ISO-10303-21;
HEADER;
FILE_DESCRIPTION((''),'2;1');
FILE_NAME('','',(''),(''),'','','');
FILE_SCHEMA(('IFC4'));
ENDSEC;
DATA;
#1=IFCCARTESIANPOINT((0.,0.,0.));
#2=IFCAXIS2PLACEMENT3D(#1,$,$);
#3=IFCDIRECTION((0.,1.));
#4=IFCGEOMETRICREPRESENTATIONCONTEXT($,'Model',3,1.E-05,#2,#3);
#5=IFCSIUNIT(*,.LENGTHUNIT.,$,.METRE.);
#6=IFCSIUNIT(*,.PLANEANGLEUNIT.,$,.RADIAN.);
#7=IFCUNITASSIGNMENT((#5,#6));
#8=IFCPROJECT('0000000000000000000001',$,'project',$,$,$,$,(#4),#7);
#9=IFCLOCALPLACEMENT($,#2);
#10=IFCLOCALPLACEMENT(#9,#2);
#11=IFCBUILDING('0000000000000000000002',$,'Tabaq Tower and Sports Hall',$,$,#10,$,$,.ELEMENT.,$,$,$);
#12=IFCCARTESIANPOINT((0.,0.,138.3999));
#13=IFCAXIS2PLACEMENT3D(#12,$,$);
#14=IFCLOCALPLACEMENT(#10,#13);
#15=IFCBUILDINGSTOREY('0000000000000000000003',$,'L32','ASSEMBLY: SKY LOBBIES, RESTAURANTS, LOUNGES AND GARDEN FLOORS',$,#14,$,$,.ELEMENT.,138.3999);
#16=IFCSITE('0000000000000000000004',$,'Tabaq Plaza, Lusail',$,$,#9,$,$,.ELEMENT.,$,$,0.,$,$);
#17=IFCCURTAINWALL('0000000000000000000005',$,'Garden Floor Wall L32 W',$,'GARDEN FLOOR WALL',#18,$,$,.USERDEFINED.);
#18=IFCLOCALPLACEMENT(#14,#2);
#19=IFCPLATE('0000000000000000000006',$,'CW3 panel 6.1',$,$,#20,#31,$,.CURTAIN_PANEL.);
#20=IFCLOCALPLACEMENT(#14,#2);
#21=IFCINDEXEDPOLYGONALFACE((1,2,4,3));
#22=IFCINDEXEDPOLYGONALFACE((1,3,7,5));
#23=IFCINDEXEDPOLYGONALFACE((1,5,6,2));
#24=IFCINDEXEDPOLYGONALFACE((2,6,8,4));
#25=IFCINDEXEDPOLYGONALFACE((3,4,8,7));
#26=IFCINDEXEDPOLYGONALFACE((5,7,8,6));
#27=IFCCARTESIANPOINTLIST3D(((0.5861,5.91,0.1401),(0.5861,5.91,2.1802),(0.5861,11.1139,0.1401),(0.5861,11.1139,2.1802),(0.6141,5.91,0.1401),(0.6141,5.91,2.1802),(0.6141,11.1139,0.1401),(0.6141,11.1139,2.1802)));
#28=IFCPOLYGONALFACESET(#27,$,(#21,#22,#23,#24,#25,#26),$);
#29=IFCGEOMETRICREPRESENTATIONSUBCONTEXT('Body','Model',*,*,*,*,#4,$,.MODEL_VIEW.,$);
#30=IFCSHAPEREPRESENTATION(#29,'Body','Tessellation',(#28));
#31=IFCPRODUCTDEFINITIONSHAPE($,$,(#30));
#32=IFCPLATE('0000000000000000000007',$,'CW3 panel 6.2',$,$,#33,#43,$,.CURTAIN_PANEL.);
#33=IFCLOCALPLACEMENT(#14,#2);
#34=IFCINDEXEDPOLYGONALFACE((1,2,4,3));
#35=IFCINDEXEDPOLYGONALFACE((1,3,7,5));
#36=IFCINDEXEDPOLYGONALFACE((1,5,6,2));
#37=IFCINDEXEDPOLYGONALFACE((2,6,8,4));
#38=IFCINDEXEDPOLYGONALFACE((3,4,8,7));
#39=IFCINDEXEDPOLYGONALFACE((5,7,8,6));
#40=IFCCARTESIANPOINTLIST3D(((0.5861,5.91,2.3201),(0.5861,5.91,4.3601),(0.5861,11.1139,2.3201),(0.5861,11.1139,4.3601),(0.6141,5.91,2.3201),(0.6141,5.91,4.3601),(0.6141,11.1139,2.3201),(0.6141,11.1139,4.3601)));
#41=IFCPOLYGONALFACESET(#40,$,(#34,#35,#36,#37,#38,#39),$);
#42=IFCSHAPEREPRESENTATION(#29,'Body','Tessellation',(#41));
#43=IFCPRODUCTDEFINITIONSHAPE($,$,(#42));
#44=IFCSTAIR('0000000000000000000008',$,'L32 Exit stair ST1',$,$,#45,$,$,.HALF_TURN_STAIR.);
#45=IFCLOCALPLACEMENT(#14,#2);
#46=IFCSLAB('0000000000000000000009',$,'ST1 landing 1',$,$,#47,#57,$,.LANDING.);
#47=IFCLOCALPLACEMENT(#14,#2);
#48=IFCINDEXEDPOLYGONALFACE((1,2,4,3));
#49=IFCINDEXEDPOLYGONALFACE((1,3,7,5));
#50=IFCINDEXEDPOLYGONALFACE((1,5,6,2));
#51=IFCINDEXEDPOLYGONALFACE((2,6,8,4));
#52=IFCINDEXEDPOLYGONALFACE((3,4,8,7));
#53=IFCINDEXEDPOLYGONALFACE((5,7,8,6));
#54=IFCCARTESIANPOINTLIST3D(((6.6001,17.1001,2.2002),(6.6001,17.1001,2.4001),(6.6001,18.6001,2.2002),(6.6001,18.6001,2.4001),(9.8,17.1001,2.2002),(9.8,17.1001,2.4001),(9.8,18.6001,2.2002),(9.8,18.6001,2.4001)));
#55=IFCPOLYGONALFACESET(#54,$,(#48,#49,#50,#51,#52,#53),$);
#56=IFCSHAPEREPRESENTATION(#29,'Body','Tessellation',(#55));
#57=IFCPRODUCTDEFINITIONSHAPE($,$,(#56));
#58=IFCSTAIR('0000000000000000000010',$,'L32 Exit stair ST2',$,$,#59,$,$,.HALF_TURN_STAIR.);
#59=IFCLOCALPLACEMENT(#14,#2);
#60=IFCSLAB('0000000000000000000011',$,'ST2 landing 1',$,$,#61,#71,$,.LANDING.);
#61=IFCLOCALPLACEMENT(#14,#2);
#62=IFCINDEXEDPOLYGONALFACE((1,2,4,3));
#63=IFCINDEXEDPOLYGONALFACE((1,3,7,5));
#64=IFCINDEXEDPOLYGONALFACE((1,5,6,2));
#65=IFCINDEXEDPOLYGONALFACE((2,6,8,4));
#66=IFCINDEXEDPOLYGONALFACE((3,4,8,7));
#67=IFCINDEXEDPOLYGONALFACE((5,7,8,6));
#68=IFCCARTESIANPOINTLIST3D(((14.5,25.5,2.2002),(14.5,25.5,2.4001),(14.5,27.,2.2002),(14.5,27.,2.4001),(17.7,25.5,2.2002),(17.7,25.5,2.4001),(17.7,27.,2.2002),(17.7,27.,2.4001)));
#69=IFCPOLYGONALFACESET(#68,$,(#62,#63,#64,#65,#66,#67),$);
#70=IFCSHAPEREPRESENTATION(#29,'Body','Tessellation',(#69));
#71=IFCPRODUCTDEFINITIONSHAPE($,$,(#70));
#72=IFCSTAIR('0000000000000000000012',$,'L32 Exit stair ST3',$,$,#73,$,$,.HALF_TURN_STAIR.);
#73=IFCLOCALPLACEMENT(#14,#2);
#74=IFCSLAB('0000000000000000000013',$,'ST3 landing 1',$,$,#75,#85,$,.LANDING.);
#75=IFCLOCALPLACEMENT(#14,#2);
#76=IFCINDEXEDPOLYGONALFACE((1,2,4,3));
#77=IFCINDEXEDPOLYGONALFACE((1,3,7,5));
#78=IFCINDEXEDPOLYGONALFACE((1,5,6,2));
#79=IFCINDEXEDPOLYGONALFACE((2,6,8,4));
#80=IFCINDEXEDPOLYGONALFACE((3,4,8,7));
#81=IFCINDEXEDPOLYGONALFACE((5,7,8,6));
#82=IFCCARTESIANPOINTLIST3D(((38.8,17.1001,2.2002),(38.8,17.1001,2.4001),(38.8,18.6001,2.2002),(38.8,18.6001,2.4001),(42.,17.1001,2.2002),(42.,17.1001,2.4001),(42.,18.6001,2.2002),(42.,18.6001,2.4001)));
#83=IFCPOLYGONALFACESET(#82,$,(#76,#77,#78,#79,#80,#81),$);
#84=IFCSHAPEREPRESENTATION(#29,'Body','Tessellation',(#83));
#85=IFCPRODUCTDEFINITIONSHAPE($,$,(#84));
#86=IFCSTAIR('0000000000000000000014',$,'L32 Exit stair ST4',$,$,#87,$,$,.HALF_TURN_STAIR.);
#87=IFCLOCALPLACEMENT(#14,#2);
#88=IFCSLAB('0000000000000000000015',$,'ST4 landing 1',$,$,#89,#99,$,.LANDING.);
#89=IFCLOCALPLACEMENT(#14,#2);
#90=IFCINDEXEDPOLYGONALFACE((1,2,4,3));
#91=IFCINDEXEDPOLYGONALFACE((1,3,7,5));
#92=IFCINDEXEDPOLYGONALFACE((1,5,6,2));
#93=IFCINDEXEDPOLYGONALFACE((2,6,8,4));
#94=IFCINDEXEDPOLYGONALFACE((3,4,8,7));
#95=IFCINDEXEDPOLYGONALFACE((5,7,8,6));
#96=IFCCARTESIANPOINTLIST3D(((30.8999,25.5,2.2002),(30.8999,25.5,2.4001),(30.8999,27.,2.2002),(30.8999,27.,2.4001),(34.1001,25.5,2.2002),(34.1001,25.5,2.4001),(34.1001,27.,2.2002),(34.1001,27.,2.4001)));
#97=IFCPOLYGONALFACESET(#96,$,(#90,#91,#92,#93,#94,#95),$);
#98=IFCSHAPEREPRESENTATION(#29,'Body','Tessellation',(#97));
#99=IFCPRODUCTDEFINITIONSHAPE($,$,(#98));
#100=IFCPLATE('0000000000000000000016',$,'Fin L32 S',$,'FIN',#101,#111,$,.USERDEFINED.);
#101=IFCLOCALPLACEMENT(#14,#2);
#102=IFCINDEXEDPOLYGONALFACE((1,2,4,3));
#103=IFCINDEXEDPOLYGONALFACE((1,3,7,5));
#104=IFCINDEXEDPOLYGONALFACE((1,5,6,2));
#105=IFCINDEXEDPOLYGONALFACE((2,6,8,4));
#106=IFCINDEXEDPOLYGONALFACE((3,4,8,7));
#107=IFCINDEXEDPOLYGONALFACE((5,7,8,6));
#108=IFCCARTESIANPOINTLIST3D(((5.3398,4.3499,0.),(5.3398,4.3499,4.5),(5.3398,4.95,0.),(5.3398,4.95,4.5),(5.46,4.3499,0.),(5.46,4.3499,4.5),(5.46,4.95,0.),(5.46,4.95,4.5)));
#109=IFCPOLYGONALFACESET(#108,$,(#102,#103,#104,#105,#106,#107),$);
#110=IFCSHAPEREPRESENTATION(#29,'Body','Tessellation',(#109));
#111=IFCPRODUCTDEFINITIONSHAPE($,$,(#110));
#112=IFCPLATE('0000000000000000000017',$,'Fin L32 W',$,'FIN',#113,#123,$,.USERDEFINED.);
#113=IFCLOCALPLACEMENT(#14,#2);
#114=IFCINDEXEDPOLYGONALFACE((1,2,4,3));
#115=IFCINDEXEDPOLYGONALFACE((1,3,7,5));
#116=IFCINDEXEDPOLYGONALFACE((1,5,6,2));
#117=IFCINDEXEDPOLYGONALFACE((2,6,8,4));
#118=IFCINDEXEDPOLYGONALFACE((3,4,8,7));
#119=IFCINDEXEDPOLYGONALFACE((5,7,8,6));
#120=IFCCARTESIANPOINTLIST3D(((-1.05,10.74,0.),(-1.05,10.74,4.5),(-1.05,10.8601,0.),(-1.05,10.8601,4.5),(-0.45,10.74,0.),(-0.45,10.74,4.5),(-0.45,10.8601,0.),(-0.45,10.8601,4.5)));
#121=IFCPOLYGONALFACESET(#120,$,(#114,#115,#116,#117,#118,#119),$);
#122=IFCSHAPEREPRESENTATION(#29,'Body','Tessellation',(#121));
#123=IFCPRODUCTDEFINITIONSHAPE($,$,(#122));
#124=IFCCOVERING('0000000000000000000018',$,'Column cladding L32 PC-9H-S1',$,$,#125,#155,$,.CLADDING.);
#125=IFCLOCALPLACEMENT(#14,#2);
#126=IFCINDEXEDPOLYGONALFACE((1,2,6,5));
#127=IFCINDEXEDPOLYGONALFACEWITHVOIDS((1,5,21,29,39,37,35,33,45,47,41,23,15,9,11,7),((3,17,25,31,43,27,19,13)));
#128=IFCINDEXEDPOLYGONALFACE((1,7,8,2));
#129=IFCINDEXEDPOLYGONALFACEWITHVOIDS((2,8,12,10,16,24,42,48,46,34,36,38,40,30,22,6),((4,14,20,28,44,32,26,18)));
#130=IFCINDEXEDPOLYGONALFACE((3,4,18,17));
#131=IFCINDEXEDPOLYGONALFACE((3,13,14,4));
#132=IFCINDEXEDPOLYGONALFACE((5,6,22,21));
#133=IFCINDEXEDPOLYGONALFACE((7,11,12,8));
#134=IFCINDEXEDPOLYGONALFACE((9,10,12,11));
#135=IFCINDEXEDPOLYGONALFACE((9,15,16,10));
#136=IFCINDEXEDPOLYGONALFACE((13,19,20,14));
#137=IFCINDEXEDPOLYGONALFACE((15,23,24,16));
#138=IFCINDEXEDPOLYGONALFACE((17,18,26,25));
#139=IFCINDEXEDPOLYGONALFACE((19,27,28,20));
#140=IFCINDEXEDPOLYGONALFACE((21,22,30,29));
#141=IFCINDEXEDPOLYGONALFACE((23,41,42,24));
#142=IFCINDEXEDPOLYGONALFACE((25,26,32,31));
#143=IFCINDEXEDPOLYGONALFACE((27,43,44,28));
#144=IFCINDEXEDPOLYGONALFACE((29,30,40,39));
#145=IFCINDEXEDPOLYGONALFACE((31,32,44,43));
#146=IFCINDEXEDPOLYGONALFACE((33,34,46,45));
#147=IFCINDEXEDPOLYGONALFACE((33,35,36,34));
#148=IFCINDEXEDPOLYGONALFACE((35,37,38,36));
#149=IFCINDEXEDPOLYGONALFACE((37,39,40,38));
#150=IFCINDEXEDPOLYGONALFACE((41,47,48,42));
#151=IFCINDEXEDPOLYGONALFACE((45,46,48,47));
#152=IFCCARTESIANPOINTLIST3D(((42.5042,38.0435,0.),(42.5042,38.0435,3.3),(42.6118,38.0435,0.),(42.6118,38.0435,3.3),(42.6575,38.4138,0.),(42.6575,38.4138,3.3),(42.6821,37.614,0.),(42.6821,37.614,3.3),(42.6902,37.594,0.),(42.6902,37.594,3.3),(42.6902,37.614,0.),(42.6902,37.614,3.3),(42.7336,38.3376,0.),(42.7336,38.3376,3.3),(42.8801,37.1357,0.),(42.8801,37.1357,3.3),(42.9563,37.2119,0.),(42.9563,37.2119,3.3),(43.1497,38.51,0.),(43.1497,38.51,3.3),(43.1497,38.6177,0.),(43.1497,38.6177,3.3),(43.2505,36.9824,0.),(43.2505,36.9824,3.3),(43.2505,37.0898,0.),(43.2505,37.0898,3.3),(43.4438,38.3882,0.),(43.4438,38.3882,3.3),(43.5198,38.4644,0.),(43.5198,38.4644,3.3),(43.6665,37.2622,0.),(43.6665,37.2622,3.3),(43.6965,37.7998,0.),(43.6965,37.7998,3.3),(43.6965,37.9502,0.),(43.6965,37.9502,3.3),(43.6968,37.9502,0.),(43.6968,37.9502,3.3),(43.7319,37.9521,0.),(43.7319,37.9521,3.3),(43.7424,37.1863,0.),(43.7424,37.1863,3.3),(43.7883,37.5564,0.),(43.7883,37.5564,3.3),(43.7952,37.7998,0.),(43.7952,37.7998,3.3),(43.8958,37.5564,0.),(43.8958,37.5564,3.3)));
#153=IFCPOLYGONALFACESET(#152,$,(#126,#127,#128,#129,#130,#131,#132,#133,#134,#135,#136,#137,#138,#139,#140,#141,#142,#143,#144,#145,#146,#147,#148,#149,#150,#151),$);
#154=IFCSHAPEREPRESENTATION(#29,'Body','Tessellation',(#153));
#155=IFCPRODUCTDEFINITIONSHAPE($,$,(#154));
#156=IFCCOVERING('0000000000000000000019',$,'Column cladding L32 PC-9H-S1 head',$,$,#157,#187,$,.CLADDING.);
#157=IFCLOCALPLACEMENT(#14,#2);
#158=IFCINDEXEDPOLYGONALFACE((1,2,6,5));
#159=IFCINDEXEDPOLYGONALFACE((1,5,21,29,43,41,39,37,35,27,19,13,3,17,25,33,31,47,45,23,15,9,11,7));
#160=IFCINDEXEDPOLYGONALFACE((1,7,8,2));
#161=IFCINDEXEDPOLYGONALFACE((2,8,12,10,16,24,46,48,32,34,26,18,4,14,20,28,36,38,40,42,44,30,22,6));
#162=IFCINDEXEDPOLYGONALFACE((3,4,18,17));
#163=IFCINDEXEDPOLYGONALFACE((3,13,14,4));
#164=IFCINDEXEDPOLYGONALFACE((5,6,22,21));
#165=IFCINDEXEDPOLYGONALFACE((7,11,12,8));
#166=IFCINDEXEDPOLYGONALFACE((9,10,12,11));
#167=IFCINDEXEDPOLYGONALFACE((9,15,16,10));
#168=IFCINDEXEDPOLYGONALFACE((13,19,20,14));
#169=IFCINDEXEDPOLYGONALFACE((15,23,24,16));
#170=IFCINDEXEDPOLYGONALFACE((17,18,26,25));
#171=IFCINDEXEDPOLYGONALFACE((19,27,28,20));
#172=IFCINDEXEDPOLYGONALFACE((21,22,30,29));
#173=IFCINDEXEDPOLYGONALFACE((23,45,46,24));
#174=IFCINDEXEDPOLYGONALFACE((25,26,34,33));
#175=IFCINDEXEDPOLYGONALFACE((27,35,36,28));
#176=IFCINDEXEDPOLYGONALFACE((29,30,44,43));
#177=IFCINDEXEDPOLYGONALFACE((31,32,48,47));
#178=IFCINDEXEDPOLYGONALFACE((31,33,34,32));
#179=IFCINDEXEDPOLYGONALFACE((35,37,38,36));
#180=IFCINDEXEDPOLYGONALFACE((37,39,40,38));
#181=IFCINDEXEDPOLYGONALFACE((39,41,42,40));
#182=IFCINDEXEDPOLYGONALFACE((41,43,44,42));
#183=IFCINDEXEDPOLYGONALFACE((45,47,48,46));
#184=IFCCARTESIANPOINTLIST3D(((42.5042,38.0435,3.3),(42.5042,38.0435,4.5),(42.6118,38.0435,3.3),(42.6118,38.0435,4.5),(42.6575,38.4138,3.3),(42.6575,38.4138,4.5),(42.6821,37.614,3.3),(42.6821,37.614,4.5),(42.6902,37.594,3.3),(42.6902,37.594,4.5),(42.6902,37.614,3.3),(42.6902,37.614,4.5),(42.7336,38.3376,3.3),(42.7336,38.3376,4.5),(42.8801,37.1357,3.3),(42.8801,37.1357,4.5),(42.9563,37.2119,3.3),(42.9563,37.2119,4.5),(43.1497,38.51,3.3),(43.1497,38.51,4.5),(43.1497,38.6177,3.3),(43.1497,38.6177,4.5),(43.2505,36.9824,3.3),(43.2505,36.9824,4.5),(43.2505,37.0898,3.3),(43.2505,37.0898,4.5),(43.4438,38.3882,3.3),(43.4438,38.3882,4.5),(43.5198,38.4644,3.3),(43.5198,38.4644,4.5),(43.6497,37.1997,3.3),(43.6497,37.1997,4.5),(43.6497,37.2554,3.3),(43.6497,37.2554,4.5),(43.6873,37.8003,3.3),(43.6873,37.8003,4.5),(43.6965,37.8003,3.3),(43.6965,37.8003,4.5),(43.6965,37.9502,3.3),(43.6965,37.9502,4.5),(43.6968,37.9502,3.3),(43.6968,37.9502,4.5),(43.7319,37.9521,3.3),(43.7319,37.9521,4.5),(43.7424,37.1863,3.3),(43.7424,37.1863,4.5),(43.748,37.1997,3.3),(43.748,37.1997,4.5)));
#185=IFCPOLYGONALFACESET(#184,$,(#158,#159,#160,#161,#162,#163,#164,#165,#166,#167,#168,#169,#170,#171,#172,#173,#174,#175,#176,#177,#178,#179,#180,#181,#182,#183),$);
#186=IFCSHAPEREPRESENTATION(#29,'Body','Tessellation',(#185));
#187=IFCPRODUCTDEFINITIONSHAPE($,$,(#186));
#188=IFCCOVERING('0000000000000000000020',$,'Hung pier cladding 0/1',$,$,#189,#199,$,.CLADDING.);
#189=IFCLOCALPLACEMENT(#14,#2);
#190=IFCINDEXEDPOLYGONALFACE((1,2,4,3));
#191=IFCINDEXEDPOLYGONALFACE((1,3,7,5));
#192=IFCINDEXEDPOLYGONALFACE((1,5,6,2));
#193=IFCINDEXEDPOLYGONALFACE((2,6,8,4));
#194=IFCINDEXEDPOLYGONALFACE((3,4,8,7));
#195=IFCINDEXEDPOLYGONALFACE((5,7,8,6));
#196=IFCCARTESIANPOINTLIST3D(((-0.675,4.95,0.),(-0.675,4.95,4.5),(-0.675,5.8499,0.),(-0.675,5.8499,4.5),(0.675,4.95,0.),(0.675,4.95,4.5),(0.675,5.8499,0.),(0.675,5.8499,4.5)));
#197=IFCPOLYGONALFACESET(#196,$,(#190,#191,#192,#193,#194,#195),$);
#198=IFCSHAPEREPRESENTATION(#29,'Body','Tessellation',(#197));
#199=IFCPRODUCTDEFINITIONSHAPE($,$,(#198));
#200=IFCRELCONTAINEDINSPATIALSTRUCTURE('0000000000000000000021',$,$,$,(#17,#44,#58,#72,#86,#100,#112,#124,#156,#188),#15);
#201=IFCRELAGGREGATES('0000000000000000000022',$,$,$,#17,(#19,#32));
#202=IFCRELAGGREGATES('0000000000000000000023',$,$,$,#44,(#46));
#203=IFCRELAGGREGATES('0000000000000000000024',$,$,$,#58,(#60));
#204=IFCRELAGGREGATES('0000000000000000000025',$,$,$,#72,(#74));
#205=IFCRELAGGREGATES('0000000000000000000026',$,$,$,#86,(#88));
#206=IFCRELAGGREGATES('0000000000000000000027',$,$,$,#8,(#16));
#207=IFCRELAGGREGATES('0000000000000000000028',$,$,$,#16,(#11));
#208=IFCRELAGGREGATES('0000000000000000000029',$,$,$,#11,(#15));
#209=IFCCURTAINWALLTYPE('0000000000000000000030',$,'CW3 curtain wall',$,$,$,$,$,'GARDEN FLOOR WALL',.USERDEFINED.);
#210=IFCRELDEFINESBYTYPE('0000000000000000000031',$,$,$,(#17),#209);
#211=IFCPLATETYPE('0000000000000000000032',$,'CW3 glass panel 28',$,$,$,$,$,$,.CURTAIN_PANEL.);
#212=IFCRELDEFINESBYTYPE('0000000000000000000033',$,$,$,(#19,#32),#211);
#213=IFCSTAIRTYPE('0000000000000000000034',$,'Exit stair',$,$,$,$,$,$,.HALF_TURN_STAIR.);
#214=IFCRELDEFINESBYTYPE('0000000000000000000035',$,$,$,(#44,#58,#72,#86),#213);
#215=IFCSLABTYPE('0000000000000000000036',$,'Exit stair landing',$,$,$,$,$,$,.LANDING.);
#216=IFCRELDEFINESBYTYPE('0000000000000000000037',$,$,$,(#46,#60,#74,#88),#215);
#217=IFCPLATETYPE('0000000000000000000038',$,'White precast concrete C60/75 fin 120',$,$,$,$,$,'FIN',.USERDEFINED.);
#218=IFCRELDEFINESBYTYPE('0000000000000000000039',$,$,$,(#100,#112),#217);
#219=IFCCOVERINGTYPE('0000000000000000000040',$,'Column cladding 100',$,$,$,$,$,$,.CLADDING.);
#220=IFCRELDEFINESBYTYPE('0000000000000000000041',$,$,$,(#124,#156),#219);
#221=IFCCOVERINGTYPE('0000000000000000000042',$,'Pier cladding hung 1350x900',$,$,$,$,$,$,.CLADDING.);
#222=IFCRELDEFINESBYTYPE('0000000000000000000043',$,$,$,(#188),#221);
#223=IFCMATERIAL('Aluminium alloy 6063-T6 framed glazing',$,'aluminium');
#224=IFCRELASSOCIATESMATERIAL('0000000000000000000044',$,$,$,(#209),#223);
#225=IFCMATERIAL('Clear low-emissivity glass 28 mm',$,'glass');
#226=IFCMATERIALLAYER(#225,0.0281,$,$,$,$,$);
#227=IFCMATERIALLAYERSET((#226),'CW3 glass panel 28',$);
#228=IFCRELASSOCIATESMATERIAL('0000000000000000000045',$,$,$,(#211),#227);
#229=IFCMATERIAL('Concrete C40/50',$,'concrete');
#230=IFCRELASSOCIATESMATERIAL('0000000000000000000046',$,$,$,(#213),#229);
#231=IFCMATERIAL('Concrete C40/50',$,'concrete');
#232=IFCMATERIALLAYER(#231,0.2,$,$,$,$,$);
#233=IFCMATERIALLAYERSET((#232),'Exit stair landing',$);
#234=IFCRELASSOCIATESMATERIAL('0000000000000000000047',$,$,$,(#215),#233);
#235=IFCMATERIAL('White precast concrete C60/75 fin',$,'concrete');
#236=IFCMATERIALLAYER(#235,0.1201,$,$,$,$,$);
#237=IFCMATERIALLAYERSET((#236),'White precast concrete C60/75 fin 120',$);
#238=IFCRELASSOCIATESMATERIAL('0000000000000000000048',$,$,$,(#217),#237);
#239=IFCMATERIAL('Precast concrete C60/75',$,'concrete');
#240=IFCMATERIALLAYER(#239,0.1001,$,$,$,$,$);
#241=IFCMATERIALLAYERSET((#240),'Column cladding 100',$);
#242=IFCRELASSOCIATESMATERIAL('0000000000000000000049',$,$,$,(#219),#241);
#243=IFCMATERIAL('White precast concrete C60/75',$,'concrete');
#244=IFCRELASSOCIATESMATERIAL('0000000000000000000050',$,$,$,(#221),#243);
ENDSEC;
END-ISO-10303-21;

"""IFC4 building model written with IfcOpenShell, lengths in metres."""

from ifc_helpers import new_model, si_unit, direction, frame, frame_2d, origin, origin_2d, place, context, subcontext, project, spatial, polyline, rectangle, outline, extrude, material, layer, layer_set, type_object, element, aggregate, save


model = new_model("IFC4")

# Units and contexts
model_context = context("Model", 3, precision=1e-05, world=origin(), true_north=direction((0.0, 1.0)))
body_context = subcontext(model_context, "Body", "Model", "MODEL_VIEW")
ifc_project = project(units=[si_unit("LENGTHUNIT", "METRE"), si_unit("PLANEANGLEUNIT", "RADIAN")], contexts=[model_context])

# Site, building, storey
site_placement = place(None, origin())
site = spatial("IfcSite", under=ifc_project, at=site_placement, Name="Tabaq Plaza, Lusail", CompositionType="ELEMENT", RefElevation=0.0)
building_placement = place(site_placement, origin())
building = spatial("IfcBuilding", under=site, at=building_placement, Name="Tabaq Tower and Sports Hall", CompositionType="ELEMENT")
storey_placement = place(building_placement, frame((0.0, 0.0, 138.3999)))
storey = spatial("IfcBuildingStorey", under=building, at=storey_placement, Name="L32", Description="ASSEMBLY: SKY LOBBIES, RESTAURANTS, LOUNGES AND GARDEN FLOORS", CompositionType="ELEMENT", Elevation=138.3999)

# Shared definitions
ifc_material_1 = material(Name="Aluminium alloy 6063-T6 framed glazing", Category="aluminium")
curtain_wall_type = type_object("IfcCurtainWallType", Name="CW3 curtain wall", ElementType="GARDEN FLOOR WALL", PredefinedType="USERDEFINED", material=ifc_material_1)

# Curtain wall
curtain_wall_1_placement = place(storey_placement, origin())
curtain_wall_1 = element("IfcCurtainWall", 1, at=curtain_wall_1_placement, inside=storey, type_object=curtain_wall_type, Name="Garden Floor Wall L32 W", ObjectType="GARDEN FLOOR WALL", PredefinedType="USERDEFINED")

# Plates
ifc_material_2 = material(Name="Clear low-emissivity glass 28 mm", Category="glass")
ifc_layer_1 = layer(ifc_material_2, 0.0281)
ifc_layer_set_1 = layer_set([ifc_layer_1], Name="CW3 glass panel 28")
plate_type_1 = type_object("IfcPlateType", Name="CW3 glass panel 28", PredefinedType="CURTAIN_PANEL", material=ifc_layer_set_1)
plate_1_placement = place(storey_placement, frame((0.6001, 8.512, 0.1401), z_axis=(0.0, 0.0, 1.0), x_axis=(0.0, -1.0, 0.0)))
plate_1 = element("IfcPlate", 2, at=plate_1_placement, type_object=plate_type_1, Name="CW3 panel 6.1", PredefinedType="CURTAIN_PANEL", context=body_context, shape_type="SweptSolid", body=[
    extrude(rectangle(XDim=5.2039, YDim=0.0281, at=origin_2d()), origin(), (0.0, 0.0, 1.0), 2.04),
])
plate_2_placement = place(storey_placement, frame((0.6001, 8.512, 2.3201), z_axis=(0.0, 0.0, 1.0), x_axis=(0.0, -1.0, 0.0)))
plate_2 = element("IfcPlate", 3, at=plate_2_placement, type_object=plate_type_1, Name="CW3 panel 6.2", PredefinedType="CURTAIN_PANEL", context=body_context, shape_type="SweptSolid", body=[
    extrude(rectangle(XDim=5.2039, YDim=0.0281, at=origin_2d()), origin(), (0.0, 0.0, 1.0), 2.04),
])
aggregate(curtain_wall_1, [plate_1, plate_2])

# Stairs, slabs
ifc_material_3 = material(Name="Concrete C40/50", Category="concrete")
stair_type = type_object("IfcStairType", Name="Exit stair", PredefinedType="HALF_TURN_STAIR", material=ifc_material_3)
stair_1_placement = place(storey_placement, origin())
stair_1 = element("IfcStair", 4, at=stair_1_placement, inside=storey, type_object=stair_type, Name="L32 Exit stair ST1", PredefinedType="HALF_TURN_STAIR")
ifc_material_4 = material(Name="Concrete C40/50", Category="concrete")
ifc_layer_2 = layer(ifc_material_4, 0.2)
ifc_layer_set_2 = layer_set([ifc_layer_2], Name="Exit stair landing")
slab_type = type_object("IfcSlabType", Name="Exit stair landing", PredefinedType="LANDING", material=ifc_layer_set_2)
slab_1_placement = place(storey_placement, frame((0.0, 0.0, 2.2002)))
slab_1 = element("IfcSlab", 5, at=slab_1_placement, type_object=slab_type, Name="ST1 landing 1", PredefinedType="LANDING", context=body_context, shape_type="SweptSolid", body=[
    extrude(outline(polyline([(6.6001, 18.6001), (6.6001, 17.1001), (9.8, 17.1001), (9.8, 18.6001), (6.6001, 18.6001)])), origin(), (0.0, 0.0, 1.0), 0.2),
])
aggregate(stair_1, [slab_1])
stair_2_placement = place(storey_placement, origin())
stair_2 = element("IfcStair", 6, at=stair_2_placement, inside=storey, type_object=stair_type, Name="L32 Exit stair ST2", PredefinedType="HALF_TURN_STAIR")
slab_2_placement = place(storey_placement, frame((0.0, 0.0, 2.2002)))
slab_2 = element("IfcSlab", 7, at=slab_2_placement, type_object=slab_type, Name="ST2 landing 1", PredefinedType="LANDING", context=body_context, shape_type="SweptSolid", body=[
    extrude(outline(polyline([(14.5, 27.0), (14.5, 25.5), (17.7, 25.5), (17.7, 27.0), (14.5, 27.0)])), origin(), (0.0, 0.0, 1.0), 0.2),
])
aggregate(stair_2, [slab_2])
stair_3_placement = place(storey_placement, origin())
stair_3 = element("IfcStair", 8, at=stair_3_placement, inside=storey, type_object=stair_type, Name="L32 Exit stair ST3", PredefinedType="HALF_TURN_STAIR")
slab_3_placement = place(storey_placement, frame((0.0, 0.0, 2.2002)))
slab_3 = element("IfcSlab", 9, at=slab_3_placement, type_object=slab_type, Name="ST3 landing 1", PredefinedType="LANDING", context=body_context, shape_type="SweptSolid", body=[
    extrude(outline(polyline([(38.8, 18.6001), (38.8, 17.1001), (42.0, 17.1001), (42.0, 18.6001), (38.8, 18.6001)])), origin(), (0.0, 0.0, 1.0), 0.2),
])
aggregate(stair_3, [slab_3])
stair_4_placement = place(storey_placement, origin())
stair_4 = element("IfcStair", 10, at=stair_4_placement, inside=storey, type_object=stair_type, Name="L32 Exit stair ST4", PredefinedType="HALF_TURN_STAIR")
slab_4_placement = place(storey_placement, frame((0.0, 0.0, 2.2002)))
slab_4 = element("IfcSlab", 11, at=slab_4_placement, type_object=slab_type, Name="ST4 landing 1", PredefinedType="LANDING", context=body_context, shape_type="SweptSolid", body=[
    extrude(outline(polyline([(30.8999, 27.0), (30.8999, 25.5), (34.1001, 25.5), (34.1001, 27.0), (30.8999, 27.0)])), origin(), (0.0, 0.0, 1.0), 0.2),
])
aggregate(stair_4, [slab_4])

# Plates
ifc_material_5 = material(Name="White precast concrete C60/75 fin", Category="concrete")
ifc_layer_3 = layer(ifc_material_5, 0.1201)
ifc_layer_set_3 = layer_set([ifc_layer_3], Name="White precast concrete C60/75 fin 120")
plate_type_2 = type_object("IfcPlateType", Name="White precast concrete C60/75 fin 120", ElementType="FIN", PredefinedType="USERDEFINED", material=ifc_layer_set_3)
for number, where, z_axis, x_axis, name in (
    (12, (5.3999, 4.6499, 0.0), (0.0, 0.0, 1.0), (1.0, 0.0, 0.0), "Fin L32 S"),
    (13, (-0.75, 10.8, 0.0), (0.0, 0.0, 1.0), (0.0, -1.0, 0.0), "Fin L32 W"),
):
    element("IfcPlate", number, at=place(storey_placement, frame(where, z_axis=z_axis, x_axis=x_axis)), inside=storey, type_object=plate_type_2, Name=name, ObjectType="FIN", PredefinedType="USERDEFINED", context=body_context, shape_type="SweptSolid", body=[
        extrude(rectangle(XDim=0.1201, YDim=0.6001, at=origin_2d()), origin(), (0.0, 0.0, 1.0), 4.5),
    ])

# Coverings
ifc_material_6 = material(Name="Precast concrete C60/75", Category="concrete")
ifc_layer_4 = layer(ifc_material_6, 0.1001)
ifc_layer_set_4 = layer_set([ifc_layer_4], Name="Column cladding 100")
covering_type_1 = type_object("IfcCoveringType", Name="Column cladding 100", PredefinedType="CLADDING", material=ifc_layer_set_4)
covering_1_placement = place(storey_placement, origin())
element("IfcCovering", 14, at=covering_1_placement, inside=storey, type_object=covering_type_1, Name="Column cladding L32 PC-9H-S1", PredefinedType="CLADDING", context=body_context, shape_type="SweptSolid", body=[
    extrude(outline(polyline([(43.2505, 36.9824), (42.8801, 37.1357), (42.6902, 37.594), (42.6902, 37.614), (42.6821, 37.614), (42.5042, 38.0435), (42.6575, 38.4138), (43.1497, 38.6177), (43.5198, 38.4644), (43.7319, 37.9521), (43.6968, 37.9502), (43.6965, 37.9502), (43.6965, 37.7998), (43.7952, 37.7998), (43.8958, 37.5564), (43.7424, 37.1863), (43.2505, 36.9824)]), holes=[polyline([(43.1497, 38.51), (42.7336, 38.3376), (42.6118, 38.0435), (42.9563, 37.2119), (43.2505, 37.0898), (43.6665, 37.2622), (43.7883, 37.5564), (43.4438, 38.3882), (43.1497, 38.51)])]), origin(), (0.0, 0.0, 1.0), 3.3),
])
covering_2_placement = place(storey_placement, frame((0.0, 0.0, 3.3)))
element("IfcCovering", 15, at=covering_2_placement, inside=storey, type_object=covering_type_1, Name="Column cladding L32 PC-9H-S1 head", PredefinedType="CLADDING", context=body_context, shape_type="SweptSolid", body=[
    extrude(outline(polyline([(42.8801, 37.1357), (42.6902, 37.594), (42.6902, 37.614), (42.6821, 37.614), (42.5042, 38.0435), (42.6575, 38.4138), (43.1497, 38.6177), (43.5198, 38.4644), (43.7319, 37.9521), (43.6968, 37.9502), (43.6965, 37.9502), (43.6965, 37.8003), (43.6873, 37.8003), (43.4438, 38.3882), (43.1497, 38.51), (42.7336, 38.3376), (42.6118, 38.0435), (42.9563, 37.2119), (43.2505, 37.0898), (43.6497, 37.2554), (43.6497, 37.1997), (43.748, 37.1997), (43.7424, 37.1863), (43.2505, 36.9824), (42.8801, 37.1357)])), origin(), (0.0, 0.0, 1.0), 1.2),
])
ifc_material_7 = material(Name="White precast concrete C60/75", Category="concrete")
covering_type_2 = type_object("IfcCoveringType", Name="Pier cladding hung 1350x900", PredefinedType="CLADDING", material=ifc_material_7)
covering_3_placement = place(storey_placement, frame((-0.675, 5.3999, 0.0), z_axis=(0.0, 0.0, 1.0), x_axis=(1.0, 0.0, 0.0)))
element("IfcCovering", 16, at=covering_3_placement, inside=storey, type_object=covering_type_2, Name="Hung pier cladding 0/1", PredefinedType="CLADDING", context=body_context, shape_type="SweptSolid", body=[
    extrude(rectangle(XDim=1.3501, YDim=0.8999, at=frame_2d((0.675, 0.0))), origin(), (0.0, 0.0, 1.0), 4.5),
])

save(model, "model.ifc")
